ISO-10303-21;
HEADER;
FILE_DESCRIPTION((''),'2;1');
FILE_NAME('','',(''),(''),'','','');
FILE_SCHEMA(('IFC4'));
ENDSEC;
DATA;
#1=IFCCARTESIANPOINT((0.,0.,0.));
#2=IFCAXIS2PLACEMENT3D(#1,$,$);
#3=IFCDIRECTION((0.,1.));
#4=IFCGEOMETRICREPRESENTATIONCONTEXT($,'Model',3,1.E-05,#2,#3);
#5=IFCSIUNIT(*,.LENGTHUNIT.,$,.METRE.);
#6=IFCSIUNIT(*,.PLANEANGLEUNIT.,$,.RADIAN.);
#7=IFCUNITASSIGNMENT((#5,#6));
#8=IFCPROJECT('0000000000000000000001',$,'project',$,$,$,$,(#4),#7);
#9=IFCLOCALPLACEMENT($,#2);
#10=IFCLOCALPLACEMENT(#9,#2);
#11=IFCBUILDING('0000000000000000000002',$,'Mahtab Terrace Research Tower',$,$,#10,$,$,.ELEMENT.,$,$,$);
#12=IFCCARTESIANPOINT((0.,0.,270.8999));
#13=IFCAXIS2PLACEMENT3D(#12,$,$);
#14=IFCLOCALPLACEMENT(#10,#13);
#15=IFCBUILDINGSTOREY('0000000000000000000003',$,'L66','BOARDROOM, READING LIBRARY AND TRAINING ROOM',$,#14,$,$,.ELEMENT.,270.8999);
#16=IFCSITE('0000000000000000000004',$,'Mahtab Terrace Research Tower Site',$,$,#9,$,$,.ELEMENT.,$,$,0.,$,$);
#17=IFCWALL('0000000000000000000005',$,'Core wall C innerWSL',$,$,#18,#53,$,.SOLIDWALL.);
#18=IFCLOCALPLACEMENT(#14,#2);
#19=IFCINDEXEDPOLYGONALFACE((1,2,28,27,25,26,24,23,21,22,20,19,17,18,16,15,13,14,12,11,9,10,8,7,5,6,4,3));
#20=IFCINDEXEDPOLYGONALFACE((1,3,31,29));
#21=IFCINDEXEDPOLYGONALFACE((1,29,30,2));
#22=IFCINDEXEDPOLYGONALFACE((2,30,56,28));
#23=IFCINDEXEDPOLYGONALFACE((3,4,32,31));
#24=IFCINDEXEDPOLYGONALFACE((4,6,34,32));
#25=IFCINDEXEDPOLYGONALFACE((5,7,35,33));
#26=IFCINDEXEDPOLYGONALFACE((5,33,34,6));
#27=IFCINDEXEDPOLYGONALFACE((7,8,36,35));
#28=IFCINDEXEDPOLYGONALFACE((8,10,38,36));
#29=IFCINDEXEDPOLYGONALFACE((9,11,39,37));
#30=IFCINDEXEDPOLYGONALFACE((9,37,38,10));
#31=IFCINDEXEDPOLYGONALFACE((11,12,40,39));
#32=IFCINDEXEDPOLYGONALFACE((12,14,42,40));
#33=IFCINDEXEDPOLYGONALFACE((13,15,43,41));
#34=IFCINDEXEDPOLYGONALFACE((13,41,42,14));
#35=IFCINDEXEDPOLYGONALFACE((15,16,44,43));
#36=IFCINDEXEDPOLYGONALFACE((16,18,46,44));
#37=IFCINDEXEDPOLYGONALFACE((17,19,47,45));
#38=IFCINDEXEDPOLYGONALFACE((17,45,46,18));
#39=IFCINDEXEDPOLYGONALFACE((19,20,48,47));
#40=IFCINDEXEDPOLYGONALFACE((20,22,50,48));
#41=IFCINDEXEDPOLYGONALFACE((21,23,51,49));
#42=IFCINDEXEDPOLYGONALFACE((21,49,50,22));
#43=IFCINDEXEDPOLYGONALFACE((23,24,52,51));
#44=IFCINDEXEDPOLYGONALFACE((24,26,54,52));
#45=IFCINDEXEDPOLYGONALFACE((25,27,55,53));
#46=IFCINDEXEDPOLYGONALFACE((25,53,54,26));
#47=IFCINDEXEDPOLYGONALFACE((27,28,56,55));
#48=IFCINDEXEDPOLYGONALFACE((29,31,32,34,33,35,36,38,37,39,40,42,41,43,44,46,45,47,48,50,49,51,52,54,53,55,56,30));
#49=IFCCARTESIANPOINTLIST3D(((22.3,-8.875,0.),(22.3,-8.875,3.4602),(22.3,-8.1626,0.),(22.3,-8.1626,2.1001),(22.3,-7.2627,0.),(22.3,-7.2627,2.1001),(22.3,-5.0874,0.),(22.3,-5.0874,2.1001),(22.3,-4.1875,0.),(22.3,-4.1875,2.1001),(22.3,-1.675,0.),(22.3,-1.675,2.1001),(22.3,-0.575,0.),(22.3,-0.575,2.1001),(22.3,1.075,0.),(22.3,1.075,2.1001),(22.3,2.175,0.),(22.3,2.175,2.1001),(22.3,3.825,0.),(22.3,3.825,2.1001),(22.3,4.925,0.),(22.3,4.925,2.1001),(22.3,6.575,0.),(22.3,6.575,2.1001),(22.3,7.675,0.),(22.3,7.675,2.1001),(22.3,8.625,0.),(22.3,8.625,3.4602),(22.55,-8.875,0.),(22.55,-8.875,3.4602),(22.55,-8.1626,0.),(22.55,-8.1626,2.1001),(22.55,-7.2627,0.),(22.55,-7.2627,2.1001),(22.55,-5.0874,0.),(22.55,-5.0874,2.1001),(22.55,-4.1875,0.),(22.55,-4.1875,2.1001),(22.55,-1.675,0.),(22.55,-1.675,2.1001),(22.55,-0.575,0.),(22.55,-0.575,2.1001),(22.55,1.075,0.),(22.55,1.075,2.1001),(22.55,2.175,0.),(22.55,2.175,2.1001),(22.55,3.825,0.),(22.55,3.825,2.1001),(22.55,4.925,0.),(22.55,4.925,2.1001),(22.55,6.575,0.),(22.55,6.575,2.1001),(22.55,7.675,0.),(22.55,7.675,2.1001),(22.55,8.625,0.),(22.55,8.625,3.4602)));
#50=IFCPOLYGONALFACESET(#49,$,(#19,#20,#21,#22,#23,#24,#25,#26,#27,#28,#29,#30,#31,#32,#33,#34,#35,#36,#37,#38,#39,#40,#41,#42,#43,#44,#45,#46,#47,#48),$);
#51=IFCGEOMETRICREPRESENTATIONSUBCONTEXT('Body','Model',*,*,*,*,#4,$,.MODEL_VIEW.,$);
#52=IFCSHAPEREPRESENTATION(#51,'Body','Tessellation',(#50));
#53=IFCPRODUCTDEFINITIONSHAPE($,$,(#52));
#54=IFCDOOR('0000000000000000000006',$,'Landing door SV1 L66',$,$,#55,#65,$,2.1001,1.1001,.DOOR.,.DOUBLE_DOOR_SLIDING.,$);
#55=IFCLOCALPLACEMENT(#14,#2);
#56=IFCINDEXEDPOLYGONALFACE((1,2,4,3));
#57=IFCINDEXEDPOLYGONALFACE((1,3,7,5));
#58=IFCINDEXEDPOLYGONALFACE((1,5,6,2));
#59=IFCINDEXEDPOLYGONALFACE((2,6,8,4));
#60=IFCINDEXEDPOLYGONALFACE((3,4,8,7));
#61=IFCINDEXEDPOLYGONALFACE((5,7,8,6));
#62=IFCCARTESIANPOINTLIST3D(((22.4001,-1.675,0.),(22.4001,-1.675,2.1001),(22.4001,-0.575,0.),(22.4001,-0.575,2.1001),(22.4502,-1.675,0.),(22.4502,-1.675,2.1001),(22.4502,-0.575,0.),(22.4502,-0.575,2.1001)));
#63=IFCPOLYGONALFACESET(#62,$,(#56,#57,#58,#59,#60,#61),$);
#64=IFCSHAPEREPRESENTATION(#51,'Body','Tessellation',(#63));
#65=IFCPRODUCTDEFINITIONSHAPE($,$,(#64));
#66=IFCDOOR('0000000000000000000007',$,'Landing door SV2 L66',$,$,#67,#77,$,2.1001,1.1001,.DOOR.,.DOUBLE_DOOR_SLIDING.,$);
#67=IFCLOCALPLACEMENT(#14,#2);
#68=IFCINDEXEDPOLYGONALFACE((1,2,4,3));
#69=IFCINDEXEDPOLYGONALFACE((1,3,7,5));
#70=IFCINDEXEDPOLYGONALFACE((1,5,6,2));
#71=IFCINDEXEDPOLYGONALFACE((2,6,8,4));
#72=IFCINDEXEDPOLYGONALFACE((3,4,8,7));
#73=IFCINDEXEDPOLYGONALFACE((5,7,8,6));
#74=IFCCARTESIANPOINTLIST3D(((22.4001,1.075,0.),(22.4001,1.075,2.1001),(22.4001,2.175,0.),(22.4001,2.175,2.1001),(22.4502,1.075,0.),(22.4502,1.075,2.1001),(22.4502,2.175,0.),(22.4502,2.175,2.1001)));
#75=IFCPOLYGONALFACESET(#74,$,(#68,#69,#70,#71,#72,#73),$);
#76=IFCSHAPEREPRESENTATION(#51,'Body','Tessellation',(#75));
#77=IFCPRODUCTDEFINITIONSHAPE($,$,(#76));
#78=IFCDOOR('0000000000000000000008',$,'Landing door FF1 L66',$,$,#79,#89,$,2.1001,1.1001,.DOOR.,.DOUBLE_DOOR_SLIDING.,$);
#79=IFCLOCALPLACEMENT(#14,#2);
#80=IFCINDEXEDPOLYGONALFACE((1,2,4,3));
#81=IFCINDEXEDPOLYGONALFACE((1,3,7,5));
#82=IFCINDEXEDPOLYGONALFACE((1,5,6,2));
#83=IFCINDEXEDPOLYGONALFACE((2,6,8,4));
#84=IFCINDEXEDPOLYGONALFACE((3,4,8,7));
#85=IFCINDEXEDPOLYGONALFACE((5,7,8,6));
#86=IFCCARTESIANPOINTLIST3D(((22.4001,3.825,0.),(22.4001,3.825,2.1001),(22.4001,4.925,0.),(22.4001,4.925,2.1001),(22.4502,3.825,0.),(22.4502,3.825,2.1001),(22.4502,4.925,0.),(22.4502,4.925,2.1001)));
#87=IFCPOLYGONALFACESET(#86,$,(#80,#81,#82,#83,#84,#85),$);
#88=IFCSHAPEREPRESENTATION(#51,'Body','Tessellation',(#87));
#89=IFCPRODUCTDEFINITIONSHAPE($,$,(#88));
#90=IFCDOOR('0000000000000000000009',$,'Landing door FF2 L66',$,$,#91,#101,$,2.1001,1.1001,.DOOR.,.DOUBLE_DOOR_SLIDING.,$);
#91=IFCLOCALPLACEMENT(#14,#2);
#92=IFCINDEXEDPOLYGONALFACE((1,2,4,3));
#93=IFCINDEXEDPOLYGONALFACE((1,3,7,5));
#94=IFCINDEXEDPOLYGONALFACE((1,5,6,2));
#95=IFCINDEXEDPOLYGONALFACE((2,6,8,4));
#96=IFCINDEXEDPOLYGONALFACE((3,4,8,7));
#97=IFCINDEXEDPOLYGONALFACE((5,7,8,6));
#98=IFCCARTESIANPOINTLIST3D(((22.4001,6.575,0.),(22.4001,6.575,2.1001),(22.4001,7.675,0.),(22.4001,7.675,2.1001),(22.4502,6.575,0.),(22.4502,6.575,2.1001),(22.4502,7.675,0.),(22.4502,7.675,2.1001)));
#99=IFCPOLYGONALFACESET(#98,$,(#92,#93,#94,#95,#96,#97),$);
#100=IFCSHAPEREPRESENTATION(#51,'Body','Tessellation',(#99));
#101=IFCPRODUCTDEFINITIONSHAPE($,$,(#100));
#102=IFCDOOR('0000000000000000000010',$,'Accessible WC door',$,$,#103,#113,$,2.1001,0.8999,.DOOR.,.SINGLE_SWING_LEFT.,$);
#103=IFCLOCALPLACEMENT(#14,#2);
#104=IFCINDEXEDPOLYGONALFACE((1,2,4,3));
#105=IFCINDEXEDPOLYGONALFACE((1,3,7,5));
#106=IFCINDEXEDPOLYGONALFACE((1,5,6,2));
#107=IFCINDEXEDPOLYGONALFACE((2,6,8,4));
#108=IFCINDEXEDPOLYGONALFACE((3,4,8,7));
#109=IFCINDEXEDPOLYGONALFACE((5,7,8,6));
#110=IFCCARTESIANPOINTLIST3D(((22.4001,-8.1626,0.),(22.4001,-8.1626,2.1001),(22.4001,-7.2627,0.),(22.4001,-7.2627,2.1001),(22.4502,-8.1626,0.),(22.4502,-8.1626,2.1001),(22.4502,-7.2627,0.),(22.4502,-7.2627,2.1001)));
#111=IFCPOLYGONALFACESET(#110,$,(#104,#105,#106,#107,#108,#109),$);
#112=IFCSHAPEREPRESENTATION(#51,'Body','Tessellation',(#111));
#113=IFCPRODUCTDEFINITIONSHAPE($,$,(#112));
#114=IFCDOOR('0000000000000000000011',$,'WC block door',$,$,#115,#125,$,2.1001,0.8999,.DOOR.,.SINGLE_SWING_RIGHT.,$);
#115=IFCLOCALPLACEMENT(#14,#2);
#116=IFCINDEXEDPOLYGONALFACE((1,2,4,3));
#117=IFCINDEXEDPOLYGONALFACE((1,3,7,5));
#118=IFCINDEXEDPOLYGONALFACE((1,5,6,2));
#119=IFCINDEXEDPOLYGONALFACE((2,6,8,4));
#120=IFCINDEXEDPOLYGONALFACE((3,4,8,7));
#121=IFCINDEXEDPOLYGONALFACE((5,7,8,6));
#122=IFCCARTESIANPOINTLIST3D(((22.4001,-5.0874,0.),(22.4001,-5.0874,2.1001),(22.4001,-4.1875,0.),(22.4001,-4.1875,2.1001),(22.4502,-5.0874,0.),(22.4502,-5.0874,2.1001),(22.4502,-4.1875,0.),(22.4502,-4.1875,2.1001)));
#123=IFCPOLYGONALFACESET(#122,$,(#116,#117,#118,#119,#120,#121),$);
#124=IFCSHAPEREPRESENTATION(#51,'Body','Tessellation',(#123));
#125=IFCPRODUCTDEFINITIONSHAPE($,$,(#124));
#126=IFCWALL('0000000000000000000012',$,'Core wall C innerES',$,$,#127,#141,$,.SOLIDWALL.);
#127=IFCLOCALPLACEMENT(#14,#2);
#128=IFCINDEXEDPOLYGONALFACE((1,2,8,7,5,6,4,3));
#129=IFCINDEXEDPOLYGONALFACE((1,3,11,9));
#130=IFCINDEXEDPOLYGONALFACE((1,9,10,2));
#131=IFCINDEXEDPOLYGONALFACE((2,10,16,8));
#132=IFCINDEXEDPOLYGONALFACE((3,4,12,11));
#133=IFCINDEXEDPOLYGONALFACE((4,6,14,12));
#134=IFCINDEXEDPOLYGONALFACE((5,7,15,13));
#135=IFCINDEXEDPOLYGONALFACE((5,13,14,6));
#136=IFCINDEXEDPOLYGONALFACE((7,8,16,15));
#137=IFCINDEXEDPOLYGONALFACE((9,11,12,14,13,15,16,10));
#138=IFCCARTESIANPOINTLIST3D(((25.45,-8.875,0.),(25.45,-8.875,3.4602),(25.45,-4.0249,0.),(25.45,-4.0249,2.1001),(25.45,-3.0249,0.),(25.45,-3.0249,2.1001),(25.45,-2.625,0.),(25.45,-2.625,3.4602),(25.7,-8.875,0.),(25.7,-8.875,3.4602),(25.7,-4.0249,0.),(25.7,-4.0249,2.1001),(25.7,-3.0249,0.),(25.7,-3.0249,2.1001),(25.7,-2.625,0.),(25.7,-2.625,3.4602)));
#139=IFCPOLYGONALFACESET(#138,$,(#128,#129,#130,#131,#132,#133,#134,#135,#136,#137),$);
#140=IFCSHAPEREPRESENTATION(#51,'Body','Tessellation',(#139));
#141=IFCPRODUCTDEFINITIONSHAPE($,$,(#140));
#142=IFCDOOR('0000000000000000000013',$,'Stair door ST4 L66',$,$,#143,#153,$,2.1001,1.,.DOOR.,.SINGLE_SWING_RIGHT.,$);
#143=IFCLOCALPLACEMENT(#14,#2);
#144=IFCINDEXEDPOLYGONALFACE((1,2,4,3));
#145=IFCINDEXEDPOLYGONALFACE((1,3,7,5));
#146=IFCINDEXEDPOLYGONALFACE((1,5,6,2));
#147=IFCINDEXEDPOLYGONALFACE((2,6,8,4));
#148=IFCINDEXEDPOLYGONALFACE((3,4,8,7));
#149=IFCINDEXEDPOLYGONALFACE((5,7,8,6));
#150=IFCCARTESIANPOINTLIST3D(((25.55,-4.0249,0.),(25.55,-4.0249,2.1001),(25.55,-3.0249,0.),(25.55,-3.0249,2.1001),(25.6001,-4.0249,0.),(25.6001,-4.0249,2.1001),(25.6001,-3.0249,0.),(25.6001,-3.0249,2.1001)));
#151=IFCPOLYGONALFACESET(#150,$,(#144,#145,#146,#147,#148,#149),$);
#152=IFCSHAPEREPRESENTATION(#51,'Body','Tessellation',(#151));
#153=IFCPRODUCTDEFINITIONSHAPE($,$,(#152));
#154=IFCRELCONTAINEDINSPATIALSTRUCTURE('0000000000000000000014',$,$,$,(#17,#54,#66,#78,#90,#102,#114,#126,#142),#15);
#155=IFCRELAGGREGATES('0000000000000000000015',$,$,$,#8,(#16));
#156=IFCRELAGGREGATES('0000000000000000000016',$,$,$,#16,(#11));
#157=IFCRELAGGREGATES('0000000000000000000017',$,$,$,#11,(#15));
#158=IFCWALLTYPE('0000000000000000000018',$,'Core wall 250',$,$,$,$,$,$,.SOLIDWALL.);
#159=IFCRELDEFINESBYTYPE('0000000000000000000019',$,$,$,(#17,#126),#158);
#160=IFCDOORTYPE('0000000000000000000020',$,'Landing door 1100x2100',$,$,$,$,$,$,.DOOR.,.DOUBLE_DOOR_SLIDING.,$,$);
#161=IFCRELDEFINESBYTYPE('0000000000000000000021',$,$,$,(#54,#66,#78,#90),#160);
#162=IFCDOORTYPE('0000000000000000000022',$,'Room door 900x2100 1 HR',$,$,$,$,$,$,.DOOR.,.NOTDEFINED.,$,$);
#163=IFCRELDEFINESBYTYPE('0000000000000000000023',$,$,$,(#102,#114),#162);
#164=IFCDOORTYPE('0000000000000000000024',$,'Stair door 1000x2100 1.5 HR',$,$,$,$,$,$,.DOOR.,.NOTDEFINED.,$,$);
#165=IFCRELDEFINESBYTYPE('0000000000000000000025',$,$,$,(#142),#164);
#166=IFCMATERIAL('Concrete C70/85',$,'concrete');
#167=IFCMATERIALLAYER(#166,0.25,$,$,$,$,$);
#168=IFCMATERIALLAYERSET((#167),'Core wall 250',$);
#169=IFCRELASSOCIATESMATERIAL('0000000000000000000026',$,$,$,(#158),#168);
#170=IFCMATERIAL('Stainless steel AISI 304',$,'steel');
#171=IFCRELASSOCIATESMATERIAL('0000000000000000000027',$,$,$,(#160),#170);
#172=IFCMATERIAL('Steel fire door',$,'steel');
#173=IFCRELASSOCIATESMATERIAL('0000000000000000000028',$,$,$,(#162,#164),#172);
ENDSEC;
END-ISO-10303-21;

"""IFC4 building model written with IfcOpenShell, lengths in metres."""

from ifc_helpers import new_model, si_unit, direction, frame, frame_2d, origin, place, context, subcontext, project, spatial, rectangle, extrude, material, layer, layer_set, type_object, element, fill, save


model = new_model("IFC4")

# Units and contexts
model_context = context("Model", 3, precision=1e-05, world=origin(), true_north=direction((0.0, 1.0)))
body_context = subcontext(model_context, "Body", "Model", "MODEL_VIEW")
ifc_project = project(units=[si_unit("LENGTHUNIT", "METRE"), si_unit("PLANEANGLEUNIT", "RADIAN")], contexts=[model_context])

# Site, building, storey
site_placement = place(None, origin())
site = spatial("IfcSite", under=ifc_project, at=site_placement, Name="Mahtab Terrace Research Tower Site", CompositionType="ELEMENT", RefElevation=0.0)
building_placement = place(site_placement, origin())
building = spatial("IfcBuilding", under=site, at=building_placement, Name="Mahtab Terrace Research Tower", CompositionType="ELEMENT")
storey_placement = place(building_placement, frame((0.0, 0.0, 270.8999)))
storey = spatial("IfcBuildingStorey", under=building, at=storey_placement, Name="L66", Description="BOARDROOM, READING LIBRARY AND TRAINING ROOM", CompositionType="ELEMENT", Elevation=270.8999)

# Shared definitions
ifc_material_1 = material(Name="Concrete C70/85", Category="concrete")

# Wall, openings, doors
ifc_layer_1 = layer(ifc_material_1, 0.25)
ifc_layer_set_1 = layer_set([ifc_layer_1], Name="Core wall 250")
wall_type_1 = type_object("IfcWallType", Name="Core wall 250", PredefinedType="SOLIDWALL", material=ifc_layer_set_1)
wall_1_placement = place(storey_placement, frame((22.425, -8.875, 0.0), z_axis=(0.0, 0.0, 1.0), x_axis=(0.0, 1.0, 0.0)))
wall_1 = element("IfcWall", 1, at=wall_1_placement, inside=storey, type_object=wall_type_1, Name="Core wall C innerWSL", PredefinedType="SOLIDWALL", context=body_context, shape_type="SweptSolid", body=[
    extrude(rectangle(XDim=17.5, YDim=0.25, at=frame_2d((8.75, 0.0))), origin(), (0.0, 0.0, 1.0), 3.4602),
])
opening_1_placement = place(wall_1_placement, frame((7.2, 0.0, 0.0)))
opening_1 = element("IfcOpeningElement", 2, at=opening_1_placement, cuts=wall_1, PredefinedType="OPENING", context=body_context, shape_type="SweptSolid", body=[
    extrude(rectangle(XDim=1.1001, YDim=2.1001, at=frame_2d((0.55, 1.05))), frame((0.0, 0.135, 0.0), z_axis=(0.0, -1.0, 0.0), x_axis=(1.0, 0.0, 0.0)), (0.0, 0.0, 1.0), 0.27),
])
opening_2_placement = place(wall_1_placement, frame((9.95, 0.0, 0.0)))
opening_2 = element("IfcOpeningElement", 3, at=opening_2_placement, cuts=wall_1, PredefinedType="OPENING", context=body_context, shape_type="SweptSolid", body=[
    extrude(rectangle(XDim=1.1001, YDim=2.1001, at=frame_2d((0.55, 1.05))), frame((0.0, 0.135, 0.0), z_axis=(0.0, -1.0, 0.0), x_axis=(1.0, 0.0, 0.0)), (0.0, 0.0, 1.0), 0.27),
])
opening_3_placement = place(wall_1_placement, frame((12.7, 0.0, 0.0)))
opening_3 = element("IfcOpeningElement", 4, at=opening_3_placement, cuts=wall_1, PredefinedType="OPENING", context=body_context, shape_type="SweptSolid", body=[
    extrude(rectangle(XDim=1.1001, YDim=2.1001, at=frame_2d((0.55, 1.05))), frame((0.0, 0.135, 0.0), z_axis=(0.0, -1.0, 0.0), x_axis=(1.0, 0.0, 0.0)), (0.0, 0.0, 1.0), 0.27),
])
opening_4_placement = place(wall_1_placement, frame((15.45, 0.0, 0.0)))
opening_4 = element("IfcOpeningElement", 5, at=opening_4_placement, cuts=wall_1, PredefinedType="OPENING", context=body_context, shape_type="SweptSolid", body=[
    extrude(rectangle(XDim=1.1001, YDim=2.1001, at=frame_2d((0.55, 1.05))), frame((0.0, 0.135, 0.0), z_axis=(0.0, -1.0, 0.0), x_axis=(1.0, 0.0, 0.0)), (0.0, 0.0, 1.0), 0.27),
])
opening_5_placement = place(wall_1_placement, frame((0.7124, 0.0, 0.0)))
opening_5 = element("IfcOpeningElement", 6, at=opening_5_placement, cuts=wall_1, PredefinedType="OPENING", context=body_context, shape_type="SweptSolid", body=[
    extrude(rectangle(XDim=0.8999, YDim=2.1001, at=frame_2d((0.45, 1.05))), frame((0.0, 0.135, 0.0), z_axis=(0.0, -1.0, 0.0), x_axis=(1.0, 0.0, 0.0)), (0.0, 0.0, 1.0), 0.27),
])
opening_6_placement = place(wall_1_placement, frame((3.7876, 0.0, 0.0)))
opening_6 = element("IfcOpeningElement", 7, at=opening_6_placement, cuts=wall_1, PredefinedType="OPENING", context=body_context, shape_type="SweptSolid", body=[
    extrude(rectangle(XDim=0.8999, YDim=2.1001, at=frame_2d((0.45, 1.05))), frame((0.0, 0.135, 0.0), z_axis=(0.0, -1.0, 0.0), x_axis=(1.0, 0.0, 0.0)), (0.0, 0.0, 1.0), 0.27),
])
ifc_material_2 = material(Name="Stainless steel AISI 304", Category="steel")
door_type_1 = type_object("IfcDoorType", Name="Landing door 1100x2100", OperationType="DOUBLE_DOOR_SLIDING", PredefinedType="DOOR", material=ifc_material_2)
door_1_placement = place(opening_1_placement, origin())
door_1 = element("IfcDoor", 8, at=door_1_placement, inside=storey, type_object=door_type_1, Name="Landing door SV1 L66", OperationType="DOUBLE_DOOR_SLIDING", OverallHeight=2.1001, OverallWidth=1.1001, PredefinedType="DOOR", context=body_context, shape_type="SweptSolid", body=[
    extrude(rectangle(XDim=1.1001, YDim=2.1001, at=frame_2d((0.55, 1.05))), frame((0.0, 0.0249, 0.0), z_axis=(0.0, -1.0, 0.0), x_axis=(1.0, 0.0, 0.0)), (0.0, 0.0, 1.0), 0.05),
])
fill(opening_1, door_1)
door_2_placement = place(opening_2_placement, origin())
door_2 = element("IfcDoor", 9, at=door_2_placement, inside=storey, type_object=door_type_1, Name="Landing door SV2 L66", OperationType="DOUBLE_DOOR_SLIDING", OverallHeight=2.1001, OverallWidth=1.1001, PredefinedType="DOOR", context=body_context, shape_type="SweptSolid", body=[
    extrude(rectangle(XDim=1.1001, YDim=2.1001, at=frame_2d((0.55, 1.05))), frame((0.0, 0.0249, 0.0), z_axis=(0.0, -1.0, 0.0), x_axis=(1.0, 0.0, 0.0)), (0.0, 0.0, 1.0), 0.05),
])
fill(opening_2, door_2)
door_3_placement = place(opening_3_placement, origin())
door_3 = element("IfcDoor", 10, at=door_3_placement, inside=storey, type_object=door_type_1, Name="Landing door FF1 L66", OperationType="DOUBLE_DOOR_SLIDING", OverallHeight=2.1001, OverallWidth=1.1001, PredefinedType="DOOR", context=body_context, shape_type="SweptSolid", body=[
    extrude(rectangle(XDim=1.1001, YDim=2.1001, at=frame_2d((0.55, 1.05))), frame((0.0, 0.0249, 0.0), z_axis=(0.0, -1.0, 0.0), x_axis=(1.0, 0.0, 0.0)), (0.0, 0.0, 1.0), 0.05),
])
fill(opening_3, door_3)
door_4_placement = place(opening_4_placement, origin())
door_4 = element("IfcDoor", 11, at=door_4_placement, inside=storey, type_object=door_type_1, Name="Landing door FF2 L66", OperationType="DOUBLE_DOOR_SLIDING", OverallHeight=2.1001, OverallWidth=1.1001, PredefinedType="DOOR", context=body_context, shape_type="SweptSolid", body=[
    extrude(rectangle(XDim=1.1001, YDim=2.1001, at=frame_2d((0.55, 1.05))), frame((0.0, 0.0249, 0.0), z_axis=(0.0, -1.0, 0.0), x_axis=(1.0, 0.0, 0.0)), (0.0, 0.0, 1.0), 0.05),
])
fill(opening_4, door_4)
ifc_material_3 = material(Name="Steel fire door", Category="steel")
door_type_2 = type_object("IfcDoorType", Name="Room door 900x2100 1 HR", OperationType="NOTDEFINED", PredefinedType="DOOR", material=ifc_material_3)
door_5_placement = place(opening_5_placement, origin())
door_5 = element("IfcDoor", 12, at=door_5_placement, inside=storey, type_object=door_type_2, Name="Accessible WC door", OperationType="SINGLE_SWING_LEFT", OverallHeight=2.1001, OverallWidth=0.8999, PredefinedType="DOOR", context=body_context, shape_type="SweptSolid", body=[
    extrude(rectangle(XDim=0.8999, YDim=2.1001, at=frame_2d((0.45, 1.05))), frame((0.0, 0.0249, 0.0), z_axis=(0.0, -1.0, 0.0), x_axis=(1.0, 0.0, 0.0)), (0.0, 0.0, 1.0), 0.05),
])
fill(opening_5, door_5)
door_6_placement = place(opening_6_placement, origin())
door_6 = element("IfcDoor", 13, at=door_6_placement, inside=storey, type_object=door_type_2, Name="WC block door", OperationType="SINGLE_SWING_RIGHT", OverallHeight=2.1001, OverallWidth=0.8999, PredefinedType="DOOR", context=body_context, shape_type="SweptSolid", body=[
    extrude(rectangle(XDim=0.8999, YDim=2.1001, at=frame_2d((0.45, 1.05))), frame((0.0, 0.0249, 0.0), z_axis=(0.0, -1.0, 0.0), x_axis=(1.0, 0.0, 0.0)), (0.0, 0.0, 1.0), 0.05),
])
fill(opening_6, door_6)

# Wall, opening, door
wall_2_placement = place(storey_placement, frame((25.575, -8.875, 0.0), z_axis=(0.0, 0.0, 1.0), x_axis=(0.0, 1.0, 0.0)))
wall_2 = element("IfcWall", 14, at=wall_2_placement, inside=storey, type_object=wall_type_1, Name="Core wall C innerES", PredefinedType="SOLIDWALL", context=body_context, shape_type="SweptSolid", body=[
    extrude(rectangle(XDim=6.25, YDim=0.25, at=frame_2d((3.125, 0.0))), origin(), (0.0, 0.0, 1.0), 3.4602),
])
opening_7_placement = place(wall_2_placement, frame((4.8501, 0.0, 0.0)))
opening_7 = element("IfcOpeningElement", 15, at=opening_7_placement, cuts=wall_2, PredefinedType="OPENING", context=body_context, shape_type="SweptSolid", body=[
    extrude(rectangle(XDim=1.0, YDim=2.1001, at=frame_2d((0.5, 1.05))), frame((0.0, 0.135, 0.0), z_axis=(0.0, -1.0, 0.0), x_axis=(1.0, 0.0, 0.0)), (0.0, 0.0, 1.0), 0.27),
])
door_type_3 = type_object("IfcDoorType", Name="Stair door 1000x2100 1.5 HR", OperationType="NOTDEFINED", PredefinedType="DOOR", material=ifc_material_3)
door_7_placement = place(opening_7_placement, origin())
door_7 = element("IfcDoor", 16, at=door_7_placement, inside=storey, type_object=door_type_3, Name="Stair door ST4 L66", OperationType="SINGLE_SWING_RIGHT", OverallHeight=2.1001, OverallWidth=1.0, PredefinedType="DOOR", context=body_context, shape_type="SweptSolid", body=[
    extrude(rectangle(XDim=1.0, YDim=2.1001, at=frame_2d((0.5, 1.05))), frame((0.0, 0.0249, 0.0), z_axis=(0.0, -1.0, 0.0), x_axis=(1.0, 0.0, 0.0)), (0.0, 0.0, 1.0), 0.05),
])
fill(opening_7, door_7)

save(model, "model.ifc")
